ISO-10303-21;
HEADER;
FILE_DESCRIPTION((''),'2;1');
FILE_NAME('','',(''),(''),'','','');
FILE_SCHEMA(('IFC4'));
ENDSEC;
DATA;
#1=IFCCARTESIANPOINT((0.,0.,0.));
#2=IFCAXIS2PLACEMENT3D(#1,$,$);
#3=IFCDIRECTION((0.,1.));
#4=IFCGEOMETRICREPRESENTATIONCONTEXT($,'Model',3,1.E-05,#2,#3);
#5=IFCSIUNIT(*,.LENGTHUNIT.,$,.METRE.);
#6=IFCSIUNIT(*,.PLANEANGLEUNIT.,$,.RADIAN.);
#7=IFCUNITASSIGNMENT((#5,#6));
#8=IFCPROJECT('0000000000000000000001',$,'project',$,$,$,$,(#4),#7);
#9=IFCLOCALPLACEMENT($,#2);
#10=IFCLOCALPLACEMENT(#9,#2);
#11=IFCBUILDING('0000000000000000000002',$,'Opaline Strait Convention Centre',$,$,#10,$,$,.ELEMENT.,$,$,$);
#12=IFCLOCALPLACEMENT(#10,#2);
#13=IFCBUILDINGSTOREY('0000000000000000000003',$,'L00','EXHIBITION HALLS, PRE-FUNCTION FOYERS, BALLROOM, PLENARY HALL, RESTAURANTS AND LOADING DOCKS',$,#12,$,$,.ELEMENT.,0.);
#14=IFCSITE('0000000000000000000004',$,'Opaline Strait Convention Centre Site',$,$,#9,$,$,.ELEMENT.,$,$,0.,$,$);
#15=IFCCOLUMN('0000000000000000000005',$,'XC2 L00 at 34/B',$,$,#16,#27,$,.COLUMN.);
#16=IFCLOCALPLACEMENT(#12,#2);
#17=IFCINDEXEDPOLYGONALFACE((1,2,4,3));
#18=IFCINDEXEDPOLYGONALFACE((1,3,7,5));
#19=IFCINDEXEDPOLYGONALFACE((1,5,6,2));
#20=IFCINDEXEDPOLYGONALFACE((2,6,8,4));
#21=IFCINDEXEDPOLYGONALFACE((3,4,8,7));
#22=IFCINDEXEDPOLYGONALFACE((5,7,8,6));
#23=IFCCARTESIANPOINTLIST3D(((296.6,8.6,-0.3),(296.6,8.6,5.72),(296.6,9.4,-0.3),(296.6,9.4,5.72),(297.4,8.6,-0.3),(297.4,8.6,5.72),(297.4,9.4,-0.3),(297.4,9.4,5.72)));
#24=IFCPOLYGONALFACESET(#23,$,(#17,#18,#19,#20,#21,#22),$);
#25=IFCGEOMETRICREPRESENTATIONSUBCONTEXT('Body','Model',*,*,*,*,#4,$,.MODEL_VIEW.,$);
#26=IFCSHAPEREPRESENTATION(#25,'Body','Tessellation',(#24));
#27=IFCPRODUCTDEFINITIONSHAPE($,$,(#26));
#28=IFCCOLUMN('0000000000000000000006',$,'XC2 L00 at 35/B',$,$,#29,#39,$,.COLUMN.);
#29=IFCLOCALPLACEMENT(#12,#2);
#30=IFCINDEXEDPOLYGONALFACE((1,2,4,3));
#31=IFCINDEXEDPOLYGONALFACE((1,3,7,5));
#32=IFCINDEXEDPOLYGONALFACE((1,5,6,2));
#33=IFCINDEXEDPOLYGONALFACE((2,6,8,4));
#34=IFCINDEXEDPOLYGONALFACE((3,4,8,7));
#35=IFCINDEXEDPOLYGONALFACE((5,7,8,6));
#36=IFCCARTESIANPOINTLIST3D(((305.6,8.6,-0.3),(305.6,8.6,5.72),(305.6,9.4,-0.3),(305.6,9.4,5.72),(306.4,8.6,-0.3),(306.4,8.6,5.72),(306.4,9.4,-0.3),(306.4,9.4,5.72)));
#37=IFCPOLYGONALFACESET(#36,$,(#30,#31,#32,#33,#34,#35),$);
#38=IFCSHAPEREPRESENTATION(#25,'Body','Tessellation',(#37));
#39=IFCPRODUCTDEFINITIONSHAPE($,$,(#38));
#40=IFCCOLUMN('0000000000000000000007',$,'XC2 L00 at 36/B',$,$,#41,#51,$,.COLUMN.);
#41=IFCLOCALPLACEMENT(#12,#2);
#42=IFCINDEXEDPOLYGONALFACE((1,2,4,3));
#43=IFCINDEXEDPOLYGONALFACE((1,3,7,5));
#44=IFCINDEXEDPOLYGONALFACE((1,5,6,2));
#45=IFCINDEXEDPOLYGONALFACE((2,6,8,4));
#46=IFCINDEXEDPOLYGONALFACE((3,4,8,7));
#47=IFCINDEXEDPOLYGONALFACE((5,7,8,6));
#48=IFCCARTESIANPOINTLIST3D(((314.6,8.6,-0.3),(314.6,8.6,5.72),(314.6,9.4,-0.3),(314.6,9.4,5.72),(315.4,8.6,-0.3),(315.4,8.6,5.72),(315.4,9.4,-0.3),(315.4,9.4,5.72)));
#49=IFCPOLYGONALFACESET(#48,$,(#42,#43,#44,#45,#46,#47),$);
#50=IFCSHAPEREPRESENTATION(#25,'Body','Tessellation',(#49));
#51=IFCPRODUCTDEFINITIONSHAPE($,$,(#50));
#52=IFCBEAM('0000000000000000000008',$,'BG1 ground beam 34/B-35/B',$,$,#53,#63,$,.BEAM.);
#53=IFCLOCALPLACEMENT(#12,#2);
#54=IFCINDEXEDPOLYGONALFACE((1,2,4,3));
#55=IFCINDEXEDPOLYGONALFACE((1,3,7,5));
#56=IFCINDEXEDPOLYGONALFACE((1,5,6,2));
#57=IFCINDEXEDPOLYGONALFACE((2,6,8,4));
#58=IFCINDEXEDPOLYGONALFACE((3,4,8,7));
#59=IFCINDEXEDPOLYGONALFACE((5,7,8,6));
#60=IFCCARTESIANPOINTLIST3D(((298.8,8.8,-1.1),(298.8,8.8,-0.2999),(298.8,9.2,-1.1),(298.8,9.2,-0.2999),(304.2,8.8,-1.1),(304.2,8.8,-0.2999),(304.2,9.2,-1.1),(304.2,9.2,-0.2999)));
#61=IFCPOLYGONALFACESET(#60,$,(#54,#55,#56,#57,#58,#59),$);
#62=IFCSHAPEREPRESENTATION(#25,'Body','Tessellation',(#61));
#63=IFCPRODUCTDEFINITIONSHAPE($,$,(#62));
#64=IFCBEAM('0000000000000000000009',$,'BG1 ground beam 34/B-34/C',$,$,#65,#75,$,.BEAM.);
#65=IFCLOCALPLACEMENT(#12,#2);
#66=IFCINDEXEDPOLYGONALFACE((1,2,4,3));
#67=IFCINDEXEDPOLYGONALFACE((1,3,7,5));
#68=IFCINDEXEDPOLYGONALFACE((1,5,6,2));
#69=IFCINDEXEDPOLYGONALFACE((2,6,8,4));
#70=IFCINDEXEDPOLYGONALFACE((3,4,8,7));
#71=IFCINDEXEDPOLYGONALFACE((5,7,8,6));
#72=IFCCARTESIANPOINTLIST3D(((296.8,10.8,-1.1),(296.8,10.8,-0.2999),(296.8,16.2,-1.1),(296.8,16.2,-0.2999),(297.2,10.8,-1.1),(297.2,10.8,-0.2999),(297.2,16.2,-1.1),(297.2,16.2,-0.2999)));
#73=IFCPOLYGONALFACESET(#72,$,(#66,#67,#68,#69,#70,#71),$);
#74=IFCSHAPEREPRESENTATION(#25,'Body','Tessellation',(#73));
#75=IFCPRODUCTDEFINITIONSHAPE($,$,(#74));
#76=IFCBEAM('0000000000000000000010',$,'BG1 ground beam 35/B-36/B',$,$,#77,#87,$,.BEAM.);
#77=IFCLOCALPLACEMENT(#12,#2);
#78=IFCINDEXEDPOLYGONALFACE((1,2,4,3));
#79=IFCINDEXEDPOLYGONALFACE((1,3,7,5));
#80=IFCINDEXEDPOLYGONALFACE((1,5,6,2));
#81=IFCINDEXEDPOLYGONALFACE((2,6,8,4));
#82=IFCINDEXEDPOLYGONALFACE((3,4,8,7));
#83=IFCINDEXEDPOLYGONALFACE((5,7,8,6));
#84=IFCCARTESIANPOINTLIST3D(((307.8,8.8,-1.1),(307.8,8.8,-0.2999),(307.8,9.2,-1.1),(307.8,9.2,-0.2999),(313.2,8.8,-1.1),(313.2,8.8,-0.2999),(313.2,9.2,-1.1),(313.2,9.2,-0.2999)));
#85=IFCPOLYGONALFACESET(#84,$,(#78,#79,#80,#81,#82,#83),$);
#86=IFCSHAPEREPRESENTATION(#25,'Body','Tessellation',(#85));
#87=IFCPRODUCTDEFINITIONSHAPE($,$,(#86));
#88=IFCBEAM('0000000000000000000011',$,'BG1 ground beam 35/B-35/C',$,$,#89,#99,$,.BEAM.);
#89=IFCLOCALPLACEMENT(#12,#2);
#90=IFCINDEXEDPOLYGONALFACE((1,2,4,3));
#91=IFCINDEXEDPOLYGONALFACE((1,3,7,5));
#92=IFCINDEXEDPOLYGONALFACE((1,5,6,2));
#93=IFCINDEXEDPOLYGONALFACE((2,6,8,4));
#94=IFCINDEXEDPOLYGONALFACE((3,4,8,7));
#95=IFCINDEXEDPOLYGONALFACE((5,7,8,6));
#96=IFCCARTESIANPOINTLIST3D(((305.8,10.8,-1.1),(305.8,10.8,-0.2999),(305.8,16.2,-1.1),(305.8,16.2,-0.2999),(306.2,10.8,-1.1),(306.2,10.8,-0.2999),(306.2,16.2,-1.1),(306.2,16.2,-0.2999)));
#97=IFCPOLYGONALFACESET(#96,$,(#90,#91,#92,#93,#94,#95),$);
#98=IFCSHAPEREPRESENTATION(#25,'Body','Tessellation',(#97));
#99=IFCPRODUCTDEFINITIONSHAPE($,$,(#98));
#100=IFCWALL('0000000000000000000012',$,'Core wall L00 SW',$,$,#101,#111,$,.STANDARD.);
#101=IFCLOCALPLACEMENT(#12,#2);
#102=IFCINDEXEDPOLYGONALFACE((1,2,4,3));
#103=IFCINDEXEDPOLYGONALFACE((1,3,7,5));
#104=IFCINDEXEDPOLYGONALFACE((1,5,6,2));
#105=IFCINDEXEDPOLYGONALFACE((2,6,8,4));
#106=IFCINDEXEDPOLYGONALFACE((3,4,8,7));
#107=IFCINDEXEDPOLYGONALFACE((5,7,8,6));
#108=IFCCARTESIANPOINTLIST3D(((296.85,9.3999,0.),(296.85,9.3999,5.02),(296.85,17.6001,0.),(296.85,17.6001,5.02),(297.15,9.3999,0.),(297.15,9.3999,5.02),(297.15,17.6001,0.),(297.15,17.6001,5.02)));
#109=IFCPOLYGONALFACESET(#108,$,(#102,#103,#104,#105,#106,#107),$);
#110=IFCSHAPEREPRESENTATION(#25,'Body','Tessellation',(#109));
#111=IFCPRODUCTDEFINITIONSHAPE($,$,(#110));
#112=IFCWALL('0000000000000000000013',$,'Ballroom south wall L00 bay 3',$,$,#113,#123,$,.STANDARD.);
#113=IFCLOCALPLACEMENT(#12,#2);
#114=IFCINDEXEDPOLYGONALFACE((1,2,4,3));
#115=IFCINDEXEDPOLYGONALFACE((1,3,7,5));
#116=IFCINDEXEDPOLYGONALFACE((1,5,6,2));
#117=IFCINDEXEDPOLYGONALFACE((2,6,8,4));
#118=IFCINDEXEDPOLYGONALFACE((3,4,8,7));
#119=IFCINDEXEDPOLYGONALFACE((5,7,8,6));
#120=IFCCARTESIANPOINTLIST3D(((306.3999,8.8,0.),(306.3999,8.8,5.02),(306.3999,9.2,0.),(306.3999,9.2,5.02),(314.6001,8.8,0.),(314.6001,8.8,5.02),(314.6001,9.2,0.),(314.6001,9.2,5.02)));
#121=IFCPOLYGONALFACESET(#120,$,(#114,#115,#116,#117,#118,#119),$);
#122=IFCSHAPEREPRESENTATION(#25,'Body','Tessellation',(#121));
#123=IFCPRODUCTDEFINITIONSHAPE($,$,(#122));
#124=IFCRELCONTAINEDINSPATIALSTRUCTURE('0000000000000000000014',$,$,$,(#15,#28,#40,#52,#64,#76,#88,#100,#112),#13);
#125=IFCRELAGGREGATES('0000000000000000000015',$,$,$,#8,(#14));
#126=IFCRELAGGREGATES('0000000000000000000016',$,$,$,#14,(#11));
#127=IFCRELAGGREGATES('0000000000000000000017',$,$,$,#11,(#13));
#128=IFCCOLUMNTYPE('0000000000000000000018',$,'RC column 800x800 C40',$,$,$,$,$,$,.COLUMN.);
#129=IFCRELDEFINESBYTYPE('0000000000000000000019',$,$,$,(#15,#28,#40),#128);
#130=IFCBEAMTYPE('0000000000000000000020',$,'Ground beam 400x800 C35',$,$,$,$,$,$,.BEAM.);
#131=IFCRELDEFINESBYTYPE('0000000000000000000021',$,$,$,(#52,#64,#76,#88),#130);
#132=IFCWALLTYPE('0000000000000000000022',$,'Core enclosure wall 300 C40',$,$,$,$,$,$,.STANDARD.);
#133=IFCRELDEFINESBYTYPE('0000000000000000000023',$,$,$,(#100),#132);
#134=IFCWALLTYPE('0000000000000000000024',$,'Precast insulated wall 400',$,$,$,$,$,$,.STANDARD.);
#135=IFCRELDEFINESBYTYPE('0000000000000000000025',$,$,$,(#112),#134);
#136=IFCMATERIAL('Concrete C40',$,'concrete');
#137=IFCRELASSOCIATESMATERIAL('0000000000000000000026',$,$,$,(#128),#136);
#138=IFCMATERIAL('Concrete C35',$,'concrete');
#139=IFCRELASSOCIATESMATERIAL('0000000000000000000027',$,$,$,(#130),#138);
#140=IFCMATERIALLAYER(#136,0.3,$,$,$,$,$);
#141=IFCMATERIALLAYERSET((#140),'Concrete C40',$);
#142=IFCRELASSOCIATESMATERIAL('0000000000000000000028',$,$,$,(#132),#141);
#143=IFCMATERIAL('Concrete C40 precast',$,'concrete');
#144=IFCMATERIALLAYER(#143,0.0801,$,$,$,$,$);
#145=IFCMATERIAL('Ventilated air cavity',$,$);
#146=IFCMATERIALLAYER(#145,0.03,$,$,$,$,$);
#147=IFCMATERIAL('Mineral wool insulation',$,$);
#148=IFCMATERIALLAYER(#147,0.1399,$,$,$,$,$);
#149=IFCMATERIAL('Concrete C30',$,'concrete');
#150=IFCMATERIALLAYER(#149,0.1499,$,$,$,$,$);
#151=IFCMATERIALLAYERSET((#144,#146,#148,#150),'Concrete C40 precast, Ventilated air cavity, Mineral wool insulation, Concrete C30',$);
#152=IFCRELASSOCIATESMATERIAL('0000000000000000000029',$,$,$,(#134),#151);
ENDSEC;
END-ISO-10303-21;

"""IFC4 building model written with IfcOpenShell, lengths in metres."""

from ifc_helpers import new_model, si_unit, direction, frame, frame_2d, origin, origin_2d, place, context, subcontext, project, spatial, rectangle, extrude, material, layer, layer_set, material_profile, profile_set, type_object, element, save


model = new_model("IFC4")

# Units and contexts
model_context = context("Model", 3, precision=1e-05, world=origin(), true_north=direction((0.0, 1.0)))
body_context = subcontext(model_context, "Body", "Model", "MODEL_VIEW")
ifc_project = project(units=[si_unit("LENGTHUNIT", "METRE"), si_unit("PLANEANGLEUNIT", "RADIAN")], contexts=[model_context])

# Site, building, storey
site_placement = place(None, origin())
site = spatial("IfcSite", under=ifc_project, at=site_placement, Name="Opaline Strait Convention Centre Site", CompositionType="ELEMENT", RefElevation=0.0)
building_placement = place(site_placement, origin())
building = spatial("IfcBuilding", under=site, at=building_placement, Name="Opaline Strait Convention Centre", CompositionType="ELEMENT")
storey_placement = place(building_placement, origin())
storey = spatial("IfcBuildingStorey", under=building, at=storey_placement, Name="L00", Description="EXHIBITION HALLS, PRE-FUNCTION FOYERS, BALLROOM, PLENARY HALL, RESTAURANTS AND LOADING DOCKS", CompositionType="ELEMENT", Elevation=0.0)

# Shared definitions
ifc_material_1 = material(Name="Concrete C35", Category="concrete")

# Columns
ifc_material_2 = material(Name="Concrete C40", Category="concrete")
ifc_material_profile_1 = material_profile(ifc_material_2, rectangle(XDim=0.8, YDim=0.8, at=origin_2d()), Name="RC 800x800")
ifc_profile_set_1 = profile_set([ifc_material_profile_1], Name="Concrete C40")
column_type = type_object("IfcColumnType", Name="RC column 800x800 C40", PredefinedType="COLUMN", material=ifc_profile_set_1)
for number, where, z_axis, x_axis, name in (
    (1, (297.0, 9.0, -0.3), (0.0, 0.0, 1.0), (1.0, 0.0, 0.0), "XC2 L00 at 34/B"),
    (2, (306.0, 9.0, -0.3), (0.0, 0.0, 1.0), (1.0, 0.0, 0.0), "XC2 L00 at 35/B"),
    (3, (315.0, 9.0, -0.3), (0.0, 0.0, 1.0), (1.0, 0.0, 0.0), "XC2 L00 at 36/B"),
):
    element("IfcColumn", number, at=place(storey_placement, frame(where, z_axis=z_axis, x_axis=x_axis)), inside=storey, type_object=column_type, Name=name, PredefinedType="COLUMN", context=body_context, shape_type="SweptSolid", body=[
        extrude(rectangle(XDim=0.8, YDim=0.8, at=origin_2d()), origin(), (0.0, 0.0, 1.0), 6.02),
    ])

# Beams
ifc_material_profile_2 = material_profile(ifc_material_1, rectangle(XDim=0.3999, YDim=0.8, at=origin_2d()), Name="RC 400x800")
ifc_profile_set_2 = profile_set([ifc_material_profile_2], Name="Concrete C35")
beam_type = type_object("IfcBeamType", Name="Ground beam 400x800 C35", PredefinedType="BEAM", material=ifc_profile_set_2)
for number, where, z_axis, x_axis, name in (
    (4, (298.8, 9.0, -0.7), (1.0, 0.0, 0.0), (0.0, 1.0, 0.0), "BG1 ground beam 34/B-35/B"),
    (5, (297.0, 10.8, -0.7), (0.0, 1.0, 0.0), (-1.0, 0.0, 0.0), "BG1 ground beam 34/B-34/C"),
    (6, (307.8, 9.0, -0.7), (1.0, 0.0, 0.0), (0.0, 1.0, 0.0), "BG1 ground beam 35/B-36/B"),
    (7, (306.0, 10.8, -0.7), (0.0, 1.0, 0.0), (-1.0, 0.0, 0.0), "BG1 ground beam 35/B-35/C"),
):
    element("IfcBeam", number, at=place(storey_placement, frame(where, z_axis=z_axis, x_axis=x_axis)), inside=storey, type_object=beam_type, Name=name, PredefinedType="BEAM", context=body_context, shape_type="SweptSolid", body=[
        extrude(rectangle(XDim=0.3999, YDim=0.8, at=origin_2d()), origin(), (0.0, 0.0, 1.0), 5.3999),
    ])

# Wall
ifc_layer_1 = layer(ifc_material_2, 0.3)
ifc_layer_set_1 = layer_set([ifc_layer_1], Name="Concrete C40")
wall_type_1 = type_object("IfcWallType", Name="Core enclosure wall 300 C40", PredefinedType="STANDARD", material=ifc_layer_set_1)
wall_1_placement = place(storey_placement, frame((297.0, 9.3999, 0.0), z_axis=(0.0, 0.0, 1.0), x_axis=(0.0, 1.0, 0.0)))
element("IfcWall", 8, at=wall_1_placement, inside=storey, type_object=wall_type_1, Name="Core wall L00 SW", PredefinedType="STANDARD", context=body_context, shape_type="SweptSolid", body=[
    extrude(rectangle(XDim=8.2002, YDim=0.3, at=frame_2d((4.1001, 0.0))), origin(), (0.0, 0.0, 1.0), 5.02),
])

# Shared definitions
ifc_material_3 = material(Name="Concrete C40 precast", Category="concrete")
ifc_layer_2 = layer(ifc_material_3, 0.0801)
ifc_material_4 = material(Name="Ventilated air cavity")
ifc_layer_3 = layer(ifc_material_4, 0.03)
ifc_material_5 = material(Name="Mineral wool insulation")
ifc_layer_4 = layer(ifc_material_5, 0.1399)
ifc_material_6 = material(Name="Concrete C30", Category="concrete")
ifc_layer_5 = layer(ifc_material_6, 0.1499)
ifc_layer_set_2 = layer_set([ifc_layer_2, ifc_layer_3, ifc_layer_4, ifc_layer_5], Name="Concrete C40 precast, Ventilated air cavity, Mineral wool insulation, Concrete C30")
wall_type_2 = type_object("IfcWallType", Name="Precast insulated wall 400", PredefinedType="STANDARD", material=ifc_layer_set_2)

# Wall
wall_2_placement = place(storey_placement, frame((306.3999, 9.0, 0.0), z_axis=(0.0, 0.0, 1.0), x_axis=(1.0, 0.0, 0.0)))
element("IfcWall", 9, at=wall_2_placement, inside=storey, type_object=wall_type_2, Name="Ballroom south wall L00 bay 3", PredefinedType="STANDARD", context=body_context, shape_type="SweptSolid", body=[
    extrude(rectangle(XDim=8.2002, YDim=0.3999, at=frame_2d((4.1001, 0.0))), origin(), (0.0, 0.0, 1.0), 5.02),
])

save(model, "model.ifc")
